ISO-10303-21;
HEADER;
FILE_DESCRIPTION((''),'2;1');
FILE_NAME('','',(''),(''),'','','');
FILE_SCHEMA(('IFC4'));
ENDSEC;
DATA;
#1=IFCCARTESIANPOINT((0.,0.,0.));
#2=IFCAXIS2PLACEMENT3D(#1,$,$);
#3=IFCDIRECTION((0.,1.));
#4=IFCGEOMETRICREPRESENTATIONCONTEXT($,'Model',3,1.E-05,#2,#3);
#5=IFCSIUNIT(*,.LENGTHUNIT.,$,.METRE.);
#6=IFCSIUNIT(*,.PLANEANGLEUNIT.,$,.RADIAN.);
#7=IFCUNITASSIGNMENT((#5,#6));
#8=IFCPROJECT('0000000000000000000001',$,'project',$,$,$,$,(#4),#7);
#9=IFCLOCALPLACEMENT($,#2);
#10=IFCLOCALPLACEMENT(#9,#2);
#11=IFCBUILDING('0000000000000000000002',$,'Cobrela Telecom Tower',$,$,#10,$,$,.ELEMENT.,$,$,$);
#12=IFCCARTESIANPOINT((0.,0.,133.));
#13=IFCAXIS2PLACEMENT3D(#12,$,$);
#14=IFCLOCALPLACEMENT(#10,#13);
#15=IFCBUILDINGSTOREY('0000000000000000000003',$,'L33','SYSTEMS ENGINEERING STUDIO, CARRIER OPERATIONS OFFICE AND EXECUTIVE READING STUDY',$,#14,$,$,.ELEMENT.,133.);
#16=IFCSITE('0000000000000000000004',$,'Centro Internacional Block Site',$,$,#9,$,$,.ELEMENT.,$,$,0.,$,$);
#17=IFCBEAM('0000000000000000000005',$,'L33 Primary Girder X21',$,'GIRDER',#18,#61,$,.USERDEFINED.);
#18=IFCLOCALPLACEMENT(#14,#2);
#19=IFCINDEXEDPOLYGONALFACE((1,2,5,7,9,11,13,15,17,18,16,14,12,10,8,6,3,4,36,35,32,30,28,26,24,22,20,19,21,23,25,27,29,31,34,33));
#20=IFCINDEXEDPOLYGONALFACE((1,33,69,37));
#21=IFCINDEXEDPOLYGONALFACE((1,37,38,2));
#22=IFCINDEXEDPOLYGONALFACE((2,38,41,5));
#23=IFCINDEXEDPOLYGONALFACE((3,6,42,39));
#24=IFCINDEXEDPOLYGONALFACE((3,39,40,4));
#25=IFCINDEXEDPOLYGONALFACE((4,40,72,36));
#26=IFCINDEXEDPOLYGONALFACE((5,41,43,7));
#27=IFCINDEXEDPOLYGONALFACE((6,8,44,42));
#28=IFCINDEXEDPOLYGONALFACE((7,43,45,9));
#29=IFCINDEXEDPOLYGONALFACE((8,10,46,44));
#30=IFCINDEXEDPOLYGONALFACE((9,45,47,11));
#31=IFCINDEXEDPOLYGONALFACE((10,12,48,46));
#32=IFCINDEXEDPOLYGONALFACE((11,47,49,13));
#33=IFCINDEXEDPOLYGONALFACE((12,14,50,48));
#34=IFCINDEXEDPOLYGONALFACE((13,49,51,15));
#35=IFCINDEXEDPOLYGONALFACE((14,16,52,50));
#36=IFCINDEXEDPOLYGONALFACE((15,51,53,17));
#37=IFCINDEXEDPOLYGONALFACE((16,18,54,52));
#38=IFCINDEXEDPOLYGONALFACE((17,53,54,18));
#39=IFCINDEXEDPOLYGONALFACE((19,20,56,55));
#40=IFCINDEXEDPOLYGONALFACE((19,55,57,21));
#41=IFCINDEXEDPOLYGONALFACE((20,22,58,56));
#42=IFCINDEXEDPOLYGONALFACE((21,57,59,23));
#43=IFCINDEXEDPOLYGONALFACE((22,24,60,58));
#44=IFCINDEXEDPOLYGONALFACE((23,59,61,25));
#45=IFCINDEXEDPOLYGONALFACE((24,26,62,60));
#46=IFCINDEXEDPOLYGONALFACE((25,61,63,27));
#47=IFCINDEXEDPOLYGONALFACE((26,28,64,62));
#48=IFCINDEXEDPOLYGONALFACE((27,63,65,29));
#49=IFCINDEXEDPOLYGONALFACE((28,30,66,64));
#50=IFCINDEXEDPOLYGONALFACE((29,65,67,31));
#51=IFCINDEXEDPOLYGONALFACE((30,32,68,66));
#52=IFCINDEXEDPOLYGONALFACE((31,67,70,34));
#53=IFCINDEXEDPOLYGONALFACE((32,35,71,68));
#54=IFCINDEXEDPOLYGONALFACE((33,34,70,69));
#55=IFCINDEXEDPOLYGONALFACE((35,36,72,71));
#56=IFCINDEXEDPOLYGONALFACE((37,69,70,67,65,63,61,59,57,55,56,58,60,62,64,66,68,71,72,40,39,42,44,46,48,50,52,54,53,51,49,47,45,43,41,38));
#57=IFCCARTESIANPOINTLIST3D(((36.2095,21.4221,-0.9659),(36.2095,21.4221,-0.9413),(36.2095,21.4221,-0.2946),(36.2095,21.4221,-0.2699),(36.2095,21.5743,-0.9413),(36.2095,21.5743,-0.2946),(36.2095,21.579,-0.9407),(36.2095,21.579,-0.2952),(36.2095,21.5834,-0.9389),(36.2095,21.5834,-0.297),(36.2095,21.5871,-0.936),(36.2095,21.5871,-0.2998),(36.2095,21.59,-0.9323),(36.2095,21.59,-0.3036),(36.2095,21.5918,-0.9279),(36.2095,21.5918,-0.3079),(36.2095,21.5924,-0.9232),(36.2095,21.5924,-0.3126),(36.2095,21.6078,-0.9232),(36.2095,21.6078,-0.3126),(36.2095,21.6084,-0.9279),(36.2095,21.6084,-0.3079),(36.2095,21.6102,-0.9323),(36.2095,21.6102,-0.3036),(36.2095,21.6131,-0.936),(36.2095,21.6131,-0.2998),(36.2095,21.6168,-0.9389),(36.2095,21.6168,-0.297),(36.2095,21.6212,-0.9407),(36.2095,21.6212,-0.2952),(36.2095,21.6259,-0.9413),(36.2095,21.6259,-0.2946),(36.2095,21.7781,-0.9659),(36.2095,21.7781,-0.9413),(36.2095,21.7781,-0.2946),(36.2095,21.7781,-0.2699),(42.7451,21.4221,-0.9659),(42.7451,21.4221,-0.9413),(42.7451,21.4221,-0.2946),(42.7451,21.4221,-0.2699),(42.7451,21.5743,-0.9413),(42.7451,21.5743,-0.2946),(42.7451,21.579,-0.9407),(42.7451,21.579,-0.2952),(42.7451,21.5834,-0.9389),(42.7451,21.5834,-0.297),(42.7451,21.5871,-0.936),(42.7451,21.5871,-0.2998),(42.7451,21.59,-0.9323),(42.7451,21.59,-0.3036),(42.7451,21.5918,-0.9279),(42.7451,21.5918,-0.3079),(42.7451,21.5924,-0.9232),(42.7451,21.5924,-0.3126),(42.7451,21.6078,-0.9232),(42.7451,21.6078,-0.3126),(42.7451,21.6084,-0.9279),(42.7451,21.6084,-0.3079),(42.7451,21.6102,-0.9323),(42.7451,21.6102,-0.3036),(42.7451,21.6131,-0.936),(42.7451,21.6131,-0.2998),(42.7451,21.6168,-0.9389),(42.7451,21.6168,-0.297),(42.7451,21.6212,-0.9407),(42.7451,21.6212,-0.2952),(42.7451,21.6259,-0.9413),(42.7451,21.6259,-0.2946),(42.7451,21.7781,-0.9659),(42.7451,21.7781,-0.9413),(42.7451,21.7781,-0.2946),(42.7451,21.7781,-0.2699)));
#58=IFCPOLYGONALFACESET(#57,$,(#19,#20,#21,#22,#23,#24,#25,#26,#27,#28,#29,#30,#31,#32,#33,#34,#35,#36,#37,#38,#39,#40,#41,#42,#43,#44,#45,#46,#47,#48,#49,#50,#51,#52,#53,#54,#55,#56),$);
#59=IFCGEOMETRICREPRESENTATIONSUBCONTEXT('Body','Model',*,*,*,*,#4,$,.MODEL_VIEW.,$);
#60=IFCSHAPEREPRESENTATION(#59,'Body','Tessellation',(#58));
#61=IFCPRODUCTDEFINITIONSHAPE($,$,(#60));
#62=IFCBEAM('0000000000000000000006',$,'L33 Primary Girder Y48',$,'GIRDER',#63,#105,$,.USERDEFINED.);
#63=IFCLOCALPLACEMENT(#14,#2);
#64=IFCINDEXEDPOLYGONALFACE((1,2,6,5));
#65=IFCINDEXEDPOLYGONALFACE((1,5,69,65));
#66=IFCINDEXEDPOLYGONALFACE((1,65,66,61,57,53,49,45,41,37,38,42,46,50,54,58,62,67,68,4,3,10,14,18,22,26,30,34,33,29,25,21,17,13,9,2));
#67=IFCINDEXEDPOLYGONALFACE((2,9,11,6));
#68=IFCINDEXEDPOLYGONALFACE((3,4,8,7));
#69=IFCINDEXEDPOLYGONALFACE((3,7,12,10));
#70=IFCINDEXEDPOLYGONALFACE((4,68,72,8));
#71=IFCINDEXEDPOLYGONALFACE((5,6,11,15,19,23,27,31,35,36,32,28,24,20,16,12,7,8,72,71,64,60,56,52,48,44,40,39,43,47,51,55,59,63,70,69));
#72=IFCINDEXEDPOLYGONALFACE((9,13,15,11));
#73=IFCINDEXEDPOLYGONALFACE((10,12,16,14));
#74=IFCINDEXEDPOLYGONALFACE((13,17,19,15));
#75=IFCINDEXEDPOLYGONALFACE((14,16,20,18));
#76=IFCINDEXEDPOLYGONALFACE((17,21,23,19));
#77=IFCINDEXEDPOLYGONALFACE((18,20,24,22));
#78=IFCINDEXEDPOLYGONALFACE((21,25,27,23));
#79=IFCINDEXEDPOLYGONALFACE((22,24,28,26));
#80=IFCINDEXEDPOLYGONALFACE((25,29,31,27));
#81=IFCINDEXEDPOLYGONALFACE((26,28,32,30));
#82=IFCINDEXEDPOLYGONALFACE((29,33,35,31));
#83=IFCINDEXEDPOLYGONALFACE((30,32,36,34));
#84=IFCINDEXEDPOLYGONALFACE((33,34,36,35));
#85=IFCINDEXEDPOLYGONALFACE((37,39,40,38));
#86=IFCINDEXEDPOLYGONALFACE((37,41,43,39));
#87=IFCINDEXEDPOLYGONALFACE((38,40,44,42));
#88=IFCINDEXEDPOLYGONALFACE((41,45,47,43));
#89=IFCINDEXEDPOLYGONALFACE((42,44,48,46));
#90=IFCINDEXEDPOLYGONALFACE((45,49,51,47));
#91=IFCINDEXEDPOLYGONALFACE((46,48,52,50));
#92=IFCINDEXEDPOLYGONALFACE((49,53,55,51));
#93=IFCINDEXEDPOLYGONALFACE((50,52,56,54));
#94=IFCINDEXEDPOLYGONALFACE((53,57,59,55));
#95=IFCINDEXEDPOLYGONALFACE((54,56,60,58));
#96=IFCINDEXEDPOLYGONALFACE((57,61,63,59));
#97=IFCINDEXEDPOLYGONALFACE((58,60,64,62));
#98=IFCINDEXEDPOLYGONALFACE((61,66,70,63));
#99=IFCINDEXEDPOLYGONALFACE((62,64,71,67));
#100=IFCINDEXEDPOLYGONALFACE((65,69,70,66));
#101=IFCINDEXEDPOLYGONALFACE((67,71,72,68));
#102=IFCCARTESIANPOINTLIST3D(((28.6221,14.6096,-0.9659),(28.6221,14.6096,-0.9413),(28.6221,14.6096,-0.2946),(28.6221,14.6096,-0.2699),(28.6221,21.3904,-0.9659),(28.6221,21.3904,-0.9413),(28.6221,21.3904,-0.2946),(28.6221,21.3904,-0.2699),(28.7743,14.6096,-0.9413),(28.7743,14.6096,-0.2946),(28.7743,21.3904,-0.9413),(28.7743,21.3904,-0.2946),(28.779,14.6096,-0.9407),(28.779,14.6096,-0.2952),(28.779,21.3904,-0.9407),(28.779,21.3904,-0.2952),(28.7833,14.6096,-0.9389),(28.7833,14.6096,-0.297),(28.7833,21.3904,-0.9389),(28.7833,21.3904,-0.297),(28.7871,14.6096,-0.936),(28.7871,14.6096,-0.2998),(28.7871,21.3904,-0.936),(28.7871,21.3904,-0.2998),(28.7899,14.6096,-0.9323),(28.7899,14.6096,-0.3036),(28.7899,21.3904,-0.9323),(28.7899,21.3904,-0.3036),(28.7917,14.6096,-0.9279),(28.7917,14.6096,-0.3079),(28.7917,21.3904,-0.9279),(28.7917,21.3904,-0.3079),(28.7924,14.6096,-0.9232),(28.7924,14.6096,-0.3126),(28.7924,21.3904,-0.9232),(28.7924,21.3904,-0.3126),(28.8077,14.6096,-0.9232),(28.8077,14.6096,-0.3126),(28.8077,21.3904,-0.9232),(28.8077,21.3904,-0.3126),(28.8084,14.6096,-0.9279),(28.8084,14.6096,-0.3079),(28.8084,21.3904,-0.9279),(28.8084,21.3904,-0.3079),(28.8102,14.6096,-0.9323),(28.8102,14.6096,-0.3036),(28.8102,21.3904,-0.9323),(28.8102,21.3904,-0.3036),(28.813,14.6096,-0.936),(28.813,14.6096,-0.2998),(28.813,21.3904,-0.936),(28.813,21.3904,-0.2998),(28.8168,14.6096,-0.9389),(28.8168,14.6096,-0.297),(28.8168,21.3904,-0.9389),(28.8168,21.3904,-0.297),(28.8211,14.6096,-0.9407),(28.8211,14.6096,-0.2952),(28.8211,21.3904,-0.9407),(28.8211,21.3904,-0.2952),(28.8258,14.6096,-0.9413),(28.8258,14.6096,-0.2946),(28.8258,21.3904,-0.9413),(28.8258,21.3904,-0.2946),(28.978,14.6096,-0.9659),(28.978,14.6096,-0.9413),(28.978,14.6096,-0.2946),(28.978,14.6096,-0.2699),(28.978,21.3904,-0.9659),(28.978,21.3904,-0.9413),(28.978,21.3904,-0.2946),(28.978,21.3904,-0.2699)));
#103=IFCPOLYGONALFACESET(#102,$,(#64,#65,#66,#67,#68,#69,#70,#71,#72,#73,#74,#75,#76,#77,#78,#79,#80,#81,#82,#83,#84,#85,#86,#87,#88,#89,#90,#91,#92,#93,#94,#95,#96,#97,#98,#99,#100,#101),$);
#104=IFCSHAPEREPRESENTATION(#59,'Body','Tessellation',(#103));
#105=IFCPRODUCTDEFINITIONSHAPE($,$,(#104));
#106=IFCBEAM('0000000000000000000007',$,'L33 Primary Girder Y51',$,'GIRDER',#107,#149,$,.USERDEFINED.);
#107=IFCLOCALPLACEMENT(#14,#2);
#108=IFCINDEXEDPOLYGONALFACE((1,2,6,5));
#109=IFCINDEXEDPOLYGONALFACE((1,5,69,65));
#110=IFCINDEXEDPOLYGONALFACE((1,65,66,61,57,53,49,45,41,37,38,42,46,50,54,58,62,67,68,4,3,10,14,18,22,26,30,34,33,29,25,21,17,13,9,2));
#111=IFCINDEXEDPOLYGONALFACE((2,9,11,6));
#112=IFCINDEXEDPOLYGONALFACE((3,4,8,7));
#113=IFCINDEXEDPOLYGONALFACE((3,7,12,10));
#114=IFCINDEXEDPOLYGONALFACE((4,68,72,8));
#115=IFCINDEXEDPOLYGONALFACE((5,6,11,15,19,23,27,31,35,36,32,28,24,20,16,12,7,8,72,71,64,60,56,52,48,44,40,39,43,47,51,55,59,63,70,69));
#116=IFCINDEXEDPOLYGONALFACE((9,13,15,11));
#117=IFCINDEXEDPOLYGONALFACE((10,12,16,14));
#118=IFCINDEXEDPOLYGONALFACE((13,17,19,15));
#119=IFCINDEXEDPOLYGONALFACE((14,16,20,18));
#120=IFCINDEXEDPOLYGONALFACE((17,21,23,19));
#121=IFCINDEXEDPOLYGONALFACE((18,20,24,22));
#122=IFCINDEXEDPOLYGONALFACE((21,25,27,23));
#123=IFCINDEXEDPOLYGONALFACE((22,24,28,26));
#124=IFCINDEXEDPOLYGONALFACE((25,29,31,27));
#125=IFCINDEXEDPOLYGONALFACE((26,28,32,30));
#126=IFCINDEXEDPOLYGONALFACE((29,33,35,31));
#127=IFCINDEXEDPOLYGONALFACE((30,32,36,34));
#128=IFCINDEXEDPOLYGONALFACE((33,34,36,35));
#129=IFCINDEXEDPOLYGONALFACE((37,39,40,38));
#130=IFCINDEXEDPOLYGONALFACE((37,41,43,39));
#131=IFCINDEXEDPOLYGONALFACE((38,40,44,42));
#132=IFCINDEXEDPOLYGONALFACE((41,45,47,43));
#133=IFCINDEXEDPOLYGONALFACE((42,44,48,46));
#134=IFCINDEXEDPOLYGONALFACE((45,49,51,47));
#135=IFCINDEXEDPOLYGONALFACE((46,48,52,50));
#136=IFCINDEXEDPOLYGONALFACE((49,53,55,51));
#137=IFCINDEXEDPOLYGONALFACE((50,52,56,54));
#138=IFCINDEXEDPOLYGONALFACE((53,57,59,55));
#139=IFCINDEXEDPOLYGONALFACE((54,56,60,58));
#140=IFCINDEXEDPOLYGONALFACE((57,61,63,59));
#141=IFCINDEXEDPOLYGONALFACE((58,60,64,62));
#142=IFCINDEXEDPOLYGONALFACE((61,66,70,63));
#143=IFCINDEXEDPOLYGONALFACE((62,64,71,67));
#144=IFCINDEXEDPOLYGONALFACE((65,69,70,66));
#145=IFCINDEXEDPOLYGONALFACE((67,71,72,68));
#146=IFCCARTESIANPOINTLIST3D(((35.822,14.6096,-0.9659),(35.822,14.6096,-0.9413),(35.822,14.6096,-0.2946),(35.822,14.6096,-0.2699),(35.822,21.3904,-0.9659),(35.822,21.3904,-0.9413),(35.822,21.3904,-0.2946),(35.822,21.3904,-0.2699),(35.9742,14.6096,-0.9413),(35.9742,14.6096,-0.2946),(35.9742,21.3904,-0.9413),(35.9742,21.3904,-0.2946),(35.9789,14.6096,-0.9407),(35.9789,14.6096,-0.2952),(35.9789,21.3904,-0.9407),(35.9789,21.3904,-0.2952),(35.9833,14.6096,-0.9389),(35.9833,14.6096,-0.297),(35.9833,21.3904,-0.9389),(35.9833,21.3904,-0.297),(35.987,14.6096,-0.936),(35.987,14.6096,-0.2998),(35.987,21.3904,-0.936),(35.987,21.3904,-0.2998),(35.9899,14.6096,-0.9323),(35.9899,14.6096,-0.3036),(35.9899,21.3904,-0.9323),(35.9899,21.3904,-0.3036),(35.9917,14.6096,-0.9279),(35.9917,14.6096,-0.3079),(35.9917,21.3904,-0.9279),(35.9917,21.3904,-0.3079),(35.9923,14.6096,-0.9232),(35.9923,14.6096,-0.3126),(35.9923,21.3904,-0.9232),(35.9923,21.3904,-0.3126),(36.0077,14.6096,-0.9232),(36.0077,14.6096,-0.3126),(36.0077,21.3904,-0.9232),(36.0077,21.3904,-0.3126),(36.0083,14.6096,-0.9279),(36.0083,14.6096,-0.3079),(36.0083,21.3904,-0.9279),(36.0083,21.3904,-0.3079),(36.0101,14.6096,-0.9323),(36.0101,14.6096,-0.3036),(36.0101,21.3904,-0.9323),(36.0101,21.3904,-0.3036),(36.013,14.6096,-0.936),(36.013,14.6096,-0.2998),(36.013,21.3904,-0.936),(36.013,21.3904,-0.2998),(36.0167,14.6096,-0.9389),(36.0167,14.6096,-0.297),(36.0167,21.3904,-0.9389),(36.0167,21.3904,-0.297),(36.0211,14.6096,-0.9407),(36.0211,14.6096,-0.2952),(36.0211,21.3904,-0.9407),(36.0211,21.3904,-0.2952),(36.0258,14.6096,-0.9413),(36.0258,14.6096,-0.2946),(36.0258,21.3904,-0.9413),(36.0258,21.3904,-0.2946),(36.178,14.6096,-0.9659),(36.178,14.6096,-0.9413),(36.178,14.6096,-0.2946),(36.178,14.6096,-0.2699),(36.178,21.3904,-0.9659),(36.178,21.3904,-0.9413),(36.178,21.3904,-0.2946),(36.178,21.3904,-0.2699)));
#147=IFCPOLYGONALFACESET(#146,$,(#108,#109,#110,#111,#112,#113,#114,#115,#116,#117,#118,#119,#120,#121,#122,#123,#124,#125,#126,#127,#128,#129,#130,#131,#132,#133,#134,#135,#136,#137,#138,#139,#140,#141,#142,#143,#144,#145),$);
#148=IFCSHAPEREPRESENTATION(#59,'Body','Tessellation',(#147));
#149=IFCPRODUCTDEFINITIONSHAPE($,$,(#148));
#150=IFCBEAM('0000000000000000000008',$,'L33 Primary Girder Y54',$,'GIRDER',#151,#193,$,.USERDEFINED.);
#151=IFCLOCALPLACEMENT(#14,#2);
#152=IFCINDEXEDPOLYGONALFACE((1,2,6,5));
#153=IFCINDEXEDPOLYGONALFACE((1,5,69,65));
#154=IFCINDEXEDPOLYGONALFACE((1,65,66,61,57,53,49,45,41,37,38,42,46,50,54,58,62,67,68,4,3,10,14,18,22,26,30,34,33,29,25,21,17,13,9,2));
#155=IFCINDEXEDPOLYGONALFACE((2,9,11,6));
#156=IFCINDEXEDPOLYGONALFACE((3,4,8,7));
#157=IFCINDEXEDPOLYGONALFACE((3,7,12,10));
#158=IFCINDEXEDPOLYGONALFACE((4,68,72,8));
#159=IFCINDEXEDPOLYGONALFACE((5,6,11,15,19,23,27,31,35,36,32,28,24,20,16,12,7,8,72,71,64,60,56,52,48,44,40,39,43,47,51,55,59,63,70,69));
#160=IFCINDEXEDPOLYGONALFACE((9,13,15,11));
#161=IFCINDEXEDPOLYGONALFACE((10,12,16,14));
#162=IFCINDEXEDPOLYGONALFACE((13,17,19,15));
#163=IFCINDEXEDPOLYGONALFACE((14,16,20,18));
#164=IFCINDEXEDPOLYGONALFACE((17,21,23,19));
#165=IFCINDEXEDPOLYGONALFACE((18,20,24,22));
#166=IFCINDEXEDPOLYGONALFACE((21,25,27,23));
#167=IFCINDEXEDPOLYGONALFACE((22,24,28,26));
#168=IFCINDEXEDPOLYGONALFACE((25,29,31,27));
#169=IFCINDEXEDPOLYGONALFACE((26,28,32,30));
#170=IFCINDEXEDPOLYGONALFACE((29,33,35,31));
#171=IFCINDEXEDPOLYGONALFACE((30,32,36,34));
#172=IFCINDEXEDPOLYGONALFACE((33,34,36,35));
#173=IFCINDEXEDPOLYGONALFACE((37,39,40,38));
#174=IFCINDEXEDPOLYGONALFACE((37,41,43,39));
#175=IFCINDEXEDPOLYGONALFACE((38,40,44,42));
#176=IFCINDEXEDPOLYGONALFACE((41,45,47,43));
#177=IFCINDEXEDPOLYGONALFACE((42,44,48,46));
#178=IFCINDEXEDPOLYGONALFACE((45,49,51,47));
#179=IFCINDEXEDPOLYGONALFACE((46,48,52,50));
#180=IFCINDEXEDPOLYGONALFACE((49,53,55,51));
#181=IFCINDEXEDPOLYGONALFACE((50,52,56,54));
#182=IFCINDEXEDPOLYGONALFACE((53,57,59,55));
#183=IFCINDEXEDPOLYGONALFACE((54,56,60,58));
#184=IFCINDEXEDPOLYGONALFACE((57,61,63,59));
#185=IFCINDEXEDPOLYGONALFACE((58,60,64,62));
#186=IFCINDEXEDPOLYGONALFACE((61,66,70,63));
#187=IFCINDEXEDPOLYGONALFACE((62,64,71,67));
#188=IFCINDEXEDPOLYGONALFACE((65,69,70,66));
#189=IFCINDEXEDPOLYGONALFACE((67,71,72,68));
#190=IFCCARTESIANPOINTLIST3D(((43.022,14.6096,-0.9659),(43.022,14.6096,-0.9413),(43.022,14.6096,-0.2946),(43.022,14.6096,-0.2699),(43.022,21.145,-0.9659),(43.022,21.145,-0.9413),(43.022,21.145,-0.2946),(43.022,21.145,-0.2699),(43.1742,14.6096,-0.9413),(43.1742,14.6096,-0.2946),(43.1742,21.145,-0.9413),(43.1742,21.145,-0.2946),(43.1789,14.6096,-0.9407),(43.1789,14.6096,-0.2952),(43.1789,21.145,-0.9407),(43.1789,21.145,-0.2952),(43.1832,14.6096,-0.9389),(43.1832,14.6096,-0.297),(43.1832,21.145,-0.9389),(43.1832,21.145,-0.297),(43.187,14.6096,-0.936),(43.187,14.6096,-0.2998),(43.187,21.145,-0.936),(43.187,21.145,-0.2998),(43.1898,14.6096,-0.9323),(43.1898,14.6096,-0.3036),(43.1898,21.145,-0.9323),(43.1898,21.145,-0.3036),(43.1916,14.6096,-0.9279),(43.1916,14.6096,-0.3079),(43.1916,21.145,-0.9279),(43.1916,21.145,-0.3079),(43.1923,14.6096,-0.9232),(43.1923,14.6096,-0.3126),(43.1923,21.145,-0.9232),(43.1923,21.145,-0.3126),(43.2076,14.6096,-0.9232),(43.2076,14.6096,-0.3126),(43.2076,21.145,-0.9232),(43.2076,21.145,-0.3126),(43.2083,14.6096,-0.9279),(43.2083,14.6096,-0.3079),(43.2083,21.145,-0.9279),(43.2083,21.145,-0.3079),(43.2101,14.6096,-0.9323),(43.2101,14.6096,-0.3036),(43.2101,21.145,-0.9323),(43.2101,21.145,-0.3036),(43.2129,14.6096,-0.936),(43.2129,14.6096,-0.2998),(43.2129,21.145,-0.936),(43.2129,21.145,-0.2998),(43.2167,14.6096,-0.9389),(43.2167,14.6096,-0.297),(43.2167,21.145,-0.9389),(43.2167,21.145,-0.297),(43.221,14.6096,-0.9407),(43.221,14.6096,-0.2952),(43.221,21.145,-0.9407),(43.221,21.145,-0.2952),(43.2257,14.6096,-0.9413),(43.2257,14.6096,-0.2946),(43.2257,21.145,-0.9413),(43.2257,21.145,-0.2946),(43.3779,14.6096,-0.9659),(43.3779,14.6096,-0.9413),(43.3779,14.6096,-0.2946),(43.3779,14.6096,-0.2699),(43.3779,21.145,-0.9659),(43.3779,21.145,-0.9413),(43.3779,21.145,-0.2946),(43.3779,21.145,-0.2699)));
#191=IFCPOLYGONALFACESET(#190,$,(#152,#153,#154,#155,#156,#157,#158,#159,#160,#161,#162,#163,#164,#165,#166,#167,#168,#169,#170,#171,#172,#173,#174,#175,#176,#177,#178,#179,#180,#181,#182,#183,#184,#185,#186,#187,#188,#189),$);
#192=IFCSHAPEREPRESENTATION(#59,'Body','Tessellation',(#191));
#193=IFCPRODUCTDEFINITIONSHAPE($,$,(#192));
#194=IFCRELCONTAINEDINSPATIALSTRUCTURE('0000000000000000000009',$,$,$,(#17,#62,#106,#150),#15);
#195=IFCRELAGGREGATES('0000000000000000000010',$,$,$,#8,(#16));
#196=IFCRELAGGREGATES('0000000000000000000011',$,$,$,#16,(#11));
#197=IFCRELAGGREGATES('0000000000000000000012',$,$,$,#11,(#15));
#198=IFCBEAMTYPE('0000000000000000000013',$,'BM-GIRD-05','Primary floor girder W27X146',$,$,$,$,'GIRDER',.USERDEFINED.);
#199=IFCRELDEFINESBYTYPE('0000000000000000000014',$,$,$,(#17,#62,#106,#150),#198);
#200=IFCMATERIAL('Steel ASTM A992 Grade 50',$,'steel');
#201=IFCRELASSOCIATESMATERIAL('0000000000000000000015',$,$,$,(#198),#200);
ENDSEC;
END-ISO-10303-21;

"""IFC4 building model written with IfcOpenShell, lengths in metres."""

from ifc_helpers import new_model, si_unit, direction, frame, origin, origin_2d, place, context, subcontext, project, spatial, i_section, extrude, material, material_profile, profile_set, type_object, element, save


model = new_model("IFC4")

# Units and contexts
model_context = context("Model", 3, precision=1e-05, world=origin(), true_north=direction((0.0, 1.0)))
body_context = subcontext(model_context, "Body", "Model", "MODEL_VIEW")
ifc_project = project(units=[si_unit("LENGTHUNIT", "METRE"), si_unit("PLANEANGLEUNIT", "RADIAN")], contexts=[model_context])

# Site, building, storey
site_placement = place(None, origin())
site = spatial("IfcSite", under=ifc_project, at=site_placement, Name="Centro Internacional Block Site", CompositionType="ELEMENT", RefElevation=0.0)
building_placement = place(site_placement, origin())
building = spatial("IfcBuilding", under=site, at=building_placement, Name="Cobrela Telecom Tower", CompositionType="ELEMENT")
storey_placement = place(building_placement, frame((0.0, 0.0, 133.0)))
storey = spatial("IfcBuildingStorey", under=building, at=storey_placement, Name="L33", Description="SYSTEMS ENGINEERING STUDIO, CARRIER OPERATIONS OFFICE AND EXECUTIVE READING STUDY", CompositionType="ELEMENT", Elevation=133.0)

# Shared definitions
ifc_material_1 = material(Name="Steel ASTM A992 Grade 50", Category="steel")

# Beams
ifc_material_profile_1 = material_profile(ifc_material_1, i_section(OverallWidth=0.356, OverallDepth=0.696, WebThickness=0.0154, FlangeThickness=0.0247, FilletRadius=0.0181, at=origin_2d()), Name="W27X146")
ifc_profile_set_1 = profile_set([ifc_material_profile_1], Name="Steel ASTM A992 Grade 50")
beam_type_1 = type_object("IfcBeamType", Name="BM-GIRD-05", Description="Primary floor girder W27X146", ElementType="GIRDER", PredefinedType="USERDEFINED", material=ifc_profile_set_1)
beam_1_placement = place(storey_placement, frame((36.2095, 21.6001, -0.6179), z_axis=(1.0, 0.0, 0.0), x_axis=(0.0, 1.0, 0.0)))
element("IfcBeam", 1, at=beam_1_placement, inside=storey, type_object=beam_type_1, Name="L33 Primary Girder X21", ObjectType="GIRDER", PredefinedType="USERDEFINED", context=body_context, shape_type="SweptSolid", body=[
    extrude(i_section(OverallWidth=0.356, OverallDepth=0.696, WebThickness=0.0154, FlangeThickness=0.0247, FilletRadius=0.0181, at=origin_2d()), origin(), (0.0, 0.0, 1.0), 6.5356),
])
for number, where, z_axis, x_axis, name in (
    (2, (28.8, 14.6096, -0.6179), (0.0, 1.0, 0.0), (-1.0, 0.0, 0.0), "L33 Primary Girder Y48"),
    (3, (36.0, 14.6096, -0.6179), (0.0, 1.0, 0.0), (-1.0, 0.0, 0.0), "L33 Primary Girder Y51"),
):
    element("IfcBeam", number, at=place(storey_placement, frame(where, z_axis=z_axis, x_axis=x_axis)), inside=storey, type_object=beam_type_1, Name=name, ObjectType="GIRDER", PredefinedType="USERDEFINED", context=body_context, shape_type="SweptSolid", body=[
        extrude(i_section(OverallWidth=0.356, OverallDepth=0.696, WebThickness=0.0154, FlangeThickness=0.0247, FilletRadius=0.0181, at=origin_2d()), origin(), (0.0, 0.0, 1.0), 6.7808),
    ])
beam_2_placement = place(storey_placement, frame((43.2, 14.6096, -0.6179), z_axis=(0.0, 1.0, 0.0), x_axis=(-1.0, 0.0, 0.0)))
element("IfcBeam", 4, at=beam_2_placement, inside=storey, type_object=beam_type_1, Name="L33 Primary Girder Y54", ObjectType="GIRDER", PredefinedType="USERDEFINED", context=body_context, shape_type="SweptSolid", body=[
    extrude(i_section(OverallWidth=0.356, OverallDepth=0.696, WebThickness=0.0154, FlangeThickness=0.0247, FilletRadius=0.0181, at=origin_2d()), origin(), (0.0, 0.0, 1.0), 6.5354),
])

save(model, "model.ifc")
